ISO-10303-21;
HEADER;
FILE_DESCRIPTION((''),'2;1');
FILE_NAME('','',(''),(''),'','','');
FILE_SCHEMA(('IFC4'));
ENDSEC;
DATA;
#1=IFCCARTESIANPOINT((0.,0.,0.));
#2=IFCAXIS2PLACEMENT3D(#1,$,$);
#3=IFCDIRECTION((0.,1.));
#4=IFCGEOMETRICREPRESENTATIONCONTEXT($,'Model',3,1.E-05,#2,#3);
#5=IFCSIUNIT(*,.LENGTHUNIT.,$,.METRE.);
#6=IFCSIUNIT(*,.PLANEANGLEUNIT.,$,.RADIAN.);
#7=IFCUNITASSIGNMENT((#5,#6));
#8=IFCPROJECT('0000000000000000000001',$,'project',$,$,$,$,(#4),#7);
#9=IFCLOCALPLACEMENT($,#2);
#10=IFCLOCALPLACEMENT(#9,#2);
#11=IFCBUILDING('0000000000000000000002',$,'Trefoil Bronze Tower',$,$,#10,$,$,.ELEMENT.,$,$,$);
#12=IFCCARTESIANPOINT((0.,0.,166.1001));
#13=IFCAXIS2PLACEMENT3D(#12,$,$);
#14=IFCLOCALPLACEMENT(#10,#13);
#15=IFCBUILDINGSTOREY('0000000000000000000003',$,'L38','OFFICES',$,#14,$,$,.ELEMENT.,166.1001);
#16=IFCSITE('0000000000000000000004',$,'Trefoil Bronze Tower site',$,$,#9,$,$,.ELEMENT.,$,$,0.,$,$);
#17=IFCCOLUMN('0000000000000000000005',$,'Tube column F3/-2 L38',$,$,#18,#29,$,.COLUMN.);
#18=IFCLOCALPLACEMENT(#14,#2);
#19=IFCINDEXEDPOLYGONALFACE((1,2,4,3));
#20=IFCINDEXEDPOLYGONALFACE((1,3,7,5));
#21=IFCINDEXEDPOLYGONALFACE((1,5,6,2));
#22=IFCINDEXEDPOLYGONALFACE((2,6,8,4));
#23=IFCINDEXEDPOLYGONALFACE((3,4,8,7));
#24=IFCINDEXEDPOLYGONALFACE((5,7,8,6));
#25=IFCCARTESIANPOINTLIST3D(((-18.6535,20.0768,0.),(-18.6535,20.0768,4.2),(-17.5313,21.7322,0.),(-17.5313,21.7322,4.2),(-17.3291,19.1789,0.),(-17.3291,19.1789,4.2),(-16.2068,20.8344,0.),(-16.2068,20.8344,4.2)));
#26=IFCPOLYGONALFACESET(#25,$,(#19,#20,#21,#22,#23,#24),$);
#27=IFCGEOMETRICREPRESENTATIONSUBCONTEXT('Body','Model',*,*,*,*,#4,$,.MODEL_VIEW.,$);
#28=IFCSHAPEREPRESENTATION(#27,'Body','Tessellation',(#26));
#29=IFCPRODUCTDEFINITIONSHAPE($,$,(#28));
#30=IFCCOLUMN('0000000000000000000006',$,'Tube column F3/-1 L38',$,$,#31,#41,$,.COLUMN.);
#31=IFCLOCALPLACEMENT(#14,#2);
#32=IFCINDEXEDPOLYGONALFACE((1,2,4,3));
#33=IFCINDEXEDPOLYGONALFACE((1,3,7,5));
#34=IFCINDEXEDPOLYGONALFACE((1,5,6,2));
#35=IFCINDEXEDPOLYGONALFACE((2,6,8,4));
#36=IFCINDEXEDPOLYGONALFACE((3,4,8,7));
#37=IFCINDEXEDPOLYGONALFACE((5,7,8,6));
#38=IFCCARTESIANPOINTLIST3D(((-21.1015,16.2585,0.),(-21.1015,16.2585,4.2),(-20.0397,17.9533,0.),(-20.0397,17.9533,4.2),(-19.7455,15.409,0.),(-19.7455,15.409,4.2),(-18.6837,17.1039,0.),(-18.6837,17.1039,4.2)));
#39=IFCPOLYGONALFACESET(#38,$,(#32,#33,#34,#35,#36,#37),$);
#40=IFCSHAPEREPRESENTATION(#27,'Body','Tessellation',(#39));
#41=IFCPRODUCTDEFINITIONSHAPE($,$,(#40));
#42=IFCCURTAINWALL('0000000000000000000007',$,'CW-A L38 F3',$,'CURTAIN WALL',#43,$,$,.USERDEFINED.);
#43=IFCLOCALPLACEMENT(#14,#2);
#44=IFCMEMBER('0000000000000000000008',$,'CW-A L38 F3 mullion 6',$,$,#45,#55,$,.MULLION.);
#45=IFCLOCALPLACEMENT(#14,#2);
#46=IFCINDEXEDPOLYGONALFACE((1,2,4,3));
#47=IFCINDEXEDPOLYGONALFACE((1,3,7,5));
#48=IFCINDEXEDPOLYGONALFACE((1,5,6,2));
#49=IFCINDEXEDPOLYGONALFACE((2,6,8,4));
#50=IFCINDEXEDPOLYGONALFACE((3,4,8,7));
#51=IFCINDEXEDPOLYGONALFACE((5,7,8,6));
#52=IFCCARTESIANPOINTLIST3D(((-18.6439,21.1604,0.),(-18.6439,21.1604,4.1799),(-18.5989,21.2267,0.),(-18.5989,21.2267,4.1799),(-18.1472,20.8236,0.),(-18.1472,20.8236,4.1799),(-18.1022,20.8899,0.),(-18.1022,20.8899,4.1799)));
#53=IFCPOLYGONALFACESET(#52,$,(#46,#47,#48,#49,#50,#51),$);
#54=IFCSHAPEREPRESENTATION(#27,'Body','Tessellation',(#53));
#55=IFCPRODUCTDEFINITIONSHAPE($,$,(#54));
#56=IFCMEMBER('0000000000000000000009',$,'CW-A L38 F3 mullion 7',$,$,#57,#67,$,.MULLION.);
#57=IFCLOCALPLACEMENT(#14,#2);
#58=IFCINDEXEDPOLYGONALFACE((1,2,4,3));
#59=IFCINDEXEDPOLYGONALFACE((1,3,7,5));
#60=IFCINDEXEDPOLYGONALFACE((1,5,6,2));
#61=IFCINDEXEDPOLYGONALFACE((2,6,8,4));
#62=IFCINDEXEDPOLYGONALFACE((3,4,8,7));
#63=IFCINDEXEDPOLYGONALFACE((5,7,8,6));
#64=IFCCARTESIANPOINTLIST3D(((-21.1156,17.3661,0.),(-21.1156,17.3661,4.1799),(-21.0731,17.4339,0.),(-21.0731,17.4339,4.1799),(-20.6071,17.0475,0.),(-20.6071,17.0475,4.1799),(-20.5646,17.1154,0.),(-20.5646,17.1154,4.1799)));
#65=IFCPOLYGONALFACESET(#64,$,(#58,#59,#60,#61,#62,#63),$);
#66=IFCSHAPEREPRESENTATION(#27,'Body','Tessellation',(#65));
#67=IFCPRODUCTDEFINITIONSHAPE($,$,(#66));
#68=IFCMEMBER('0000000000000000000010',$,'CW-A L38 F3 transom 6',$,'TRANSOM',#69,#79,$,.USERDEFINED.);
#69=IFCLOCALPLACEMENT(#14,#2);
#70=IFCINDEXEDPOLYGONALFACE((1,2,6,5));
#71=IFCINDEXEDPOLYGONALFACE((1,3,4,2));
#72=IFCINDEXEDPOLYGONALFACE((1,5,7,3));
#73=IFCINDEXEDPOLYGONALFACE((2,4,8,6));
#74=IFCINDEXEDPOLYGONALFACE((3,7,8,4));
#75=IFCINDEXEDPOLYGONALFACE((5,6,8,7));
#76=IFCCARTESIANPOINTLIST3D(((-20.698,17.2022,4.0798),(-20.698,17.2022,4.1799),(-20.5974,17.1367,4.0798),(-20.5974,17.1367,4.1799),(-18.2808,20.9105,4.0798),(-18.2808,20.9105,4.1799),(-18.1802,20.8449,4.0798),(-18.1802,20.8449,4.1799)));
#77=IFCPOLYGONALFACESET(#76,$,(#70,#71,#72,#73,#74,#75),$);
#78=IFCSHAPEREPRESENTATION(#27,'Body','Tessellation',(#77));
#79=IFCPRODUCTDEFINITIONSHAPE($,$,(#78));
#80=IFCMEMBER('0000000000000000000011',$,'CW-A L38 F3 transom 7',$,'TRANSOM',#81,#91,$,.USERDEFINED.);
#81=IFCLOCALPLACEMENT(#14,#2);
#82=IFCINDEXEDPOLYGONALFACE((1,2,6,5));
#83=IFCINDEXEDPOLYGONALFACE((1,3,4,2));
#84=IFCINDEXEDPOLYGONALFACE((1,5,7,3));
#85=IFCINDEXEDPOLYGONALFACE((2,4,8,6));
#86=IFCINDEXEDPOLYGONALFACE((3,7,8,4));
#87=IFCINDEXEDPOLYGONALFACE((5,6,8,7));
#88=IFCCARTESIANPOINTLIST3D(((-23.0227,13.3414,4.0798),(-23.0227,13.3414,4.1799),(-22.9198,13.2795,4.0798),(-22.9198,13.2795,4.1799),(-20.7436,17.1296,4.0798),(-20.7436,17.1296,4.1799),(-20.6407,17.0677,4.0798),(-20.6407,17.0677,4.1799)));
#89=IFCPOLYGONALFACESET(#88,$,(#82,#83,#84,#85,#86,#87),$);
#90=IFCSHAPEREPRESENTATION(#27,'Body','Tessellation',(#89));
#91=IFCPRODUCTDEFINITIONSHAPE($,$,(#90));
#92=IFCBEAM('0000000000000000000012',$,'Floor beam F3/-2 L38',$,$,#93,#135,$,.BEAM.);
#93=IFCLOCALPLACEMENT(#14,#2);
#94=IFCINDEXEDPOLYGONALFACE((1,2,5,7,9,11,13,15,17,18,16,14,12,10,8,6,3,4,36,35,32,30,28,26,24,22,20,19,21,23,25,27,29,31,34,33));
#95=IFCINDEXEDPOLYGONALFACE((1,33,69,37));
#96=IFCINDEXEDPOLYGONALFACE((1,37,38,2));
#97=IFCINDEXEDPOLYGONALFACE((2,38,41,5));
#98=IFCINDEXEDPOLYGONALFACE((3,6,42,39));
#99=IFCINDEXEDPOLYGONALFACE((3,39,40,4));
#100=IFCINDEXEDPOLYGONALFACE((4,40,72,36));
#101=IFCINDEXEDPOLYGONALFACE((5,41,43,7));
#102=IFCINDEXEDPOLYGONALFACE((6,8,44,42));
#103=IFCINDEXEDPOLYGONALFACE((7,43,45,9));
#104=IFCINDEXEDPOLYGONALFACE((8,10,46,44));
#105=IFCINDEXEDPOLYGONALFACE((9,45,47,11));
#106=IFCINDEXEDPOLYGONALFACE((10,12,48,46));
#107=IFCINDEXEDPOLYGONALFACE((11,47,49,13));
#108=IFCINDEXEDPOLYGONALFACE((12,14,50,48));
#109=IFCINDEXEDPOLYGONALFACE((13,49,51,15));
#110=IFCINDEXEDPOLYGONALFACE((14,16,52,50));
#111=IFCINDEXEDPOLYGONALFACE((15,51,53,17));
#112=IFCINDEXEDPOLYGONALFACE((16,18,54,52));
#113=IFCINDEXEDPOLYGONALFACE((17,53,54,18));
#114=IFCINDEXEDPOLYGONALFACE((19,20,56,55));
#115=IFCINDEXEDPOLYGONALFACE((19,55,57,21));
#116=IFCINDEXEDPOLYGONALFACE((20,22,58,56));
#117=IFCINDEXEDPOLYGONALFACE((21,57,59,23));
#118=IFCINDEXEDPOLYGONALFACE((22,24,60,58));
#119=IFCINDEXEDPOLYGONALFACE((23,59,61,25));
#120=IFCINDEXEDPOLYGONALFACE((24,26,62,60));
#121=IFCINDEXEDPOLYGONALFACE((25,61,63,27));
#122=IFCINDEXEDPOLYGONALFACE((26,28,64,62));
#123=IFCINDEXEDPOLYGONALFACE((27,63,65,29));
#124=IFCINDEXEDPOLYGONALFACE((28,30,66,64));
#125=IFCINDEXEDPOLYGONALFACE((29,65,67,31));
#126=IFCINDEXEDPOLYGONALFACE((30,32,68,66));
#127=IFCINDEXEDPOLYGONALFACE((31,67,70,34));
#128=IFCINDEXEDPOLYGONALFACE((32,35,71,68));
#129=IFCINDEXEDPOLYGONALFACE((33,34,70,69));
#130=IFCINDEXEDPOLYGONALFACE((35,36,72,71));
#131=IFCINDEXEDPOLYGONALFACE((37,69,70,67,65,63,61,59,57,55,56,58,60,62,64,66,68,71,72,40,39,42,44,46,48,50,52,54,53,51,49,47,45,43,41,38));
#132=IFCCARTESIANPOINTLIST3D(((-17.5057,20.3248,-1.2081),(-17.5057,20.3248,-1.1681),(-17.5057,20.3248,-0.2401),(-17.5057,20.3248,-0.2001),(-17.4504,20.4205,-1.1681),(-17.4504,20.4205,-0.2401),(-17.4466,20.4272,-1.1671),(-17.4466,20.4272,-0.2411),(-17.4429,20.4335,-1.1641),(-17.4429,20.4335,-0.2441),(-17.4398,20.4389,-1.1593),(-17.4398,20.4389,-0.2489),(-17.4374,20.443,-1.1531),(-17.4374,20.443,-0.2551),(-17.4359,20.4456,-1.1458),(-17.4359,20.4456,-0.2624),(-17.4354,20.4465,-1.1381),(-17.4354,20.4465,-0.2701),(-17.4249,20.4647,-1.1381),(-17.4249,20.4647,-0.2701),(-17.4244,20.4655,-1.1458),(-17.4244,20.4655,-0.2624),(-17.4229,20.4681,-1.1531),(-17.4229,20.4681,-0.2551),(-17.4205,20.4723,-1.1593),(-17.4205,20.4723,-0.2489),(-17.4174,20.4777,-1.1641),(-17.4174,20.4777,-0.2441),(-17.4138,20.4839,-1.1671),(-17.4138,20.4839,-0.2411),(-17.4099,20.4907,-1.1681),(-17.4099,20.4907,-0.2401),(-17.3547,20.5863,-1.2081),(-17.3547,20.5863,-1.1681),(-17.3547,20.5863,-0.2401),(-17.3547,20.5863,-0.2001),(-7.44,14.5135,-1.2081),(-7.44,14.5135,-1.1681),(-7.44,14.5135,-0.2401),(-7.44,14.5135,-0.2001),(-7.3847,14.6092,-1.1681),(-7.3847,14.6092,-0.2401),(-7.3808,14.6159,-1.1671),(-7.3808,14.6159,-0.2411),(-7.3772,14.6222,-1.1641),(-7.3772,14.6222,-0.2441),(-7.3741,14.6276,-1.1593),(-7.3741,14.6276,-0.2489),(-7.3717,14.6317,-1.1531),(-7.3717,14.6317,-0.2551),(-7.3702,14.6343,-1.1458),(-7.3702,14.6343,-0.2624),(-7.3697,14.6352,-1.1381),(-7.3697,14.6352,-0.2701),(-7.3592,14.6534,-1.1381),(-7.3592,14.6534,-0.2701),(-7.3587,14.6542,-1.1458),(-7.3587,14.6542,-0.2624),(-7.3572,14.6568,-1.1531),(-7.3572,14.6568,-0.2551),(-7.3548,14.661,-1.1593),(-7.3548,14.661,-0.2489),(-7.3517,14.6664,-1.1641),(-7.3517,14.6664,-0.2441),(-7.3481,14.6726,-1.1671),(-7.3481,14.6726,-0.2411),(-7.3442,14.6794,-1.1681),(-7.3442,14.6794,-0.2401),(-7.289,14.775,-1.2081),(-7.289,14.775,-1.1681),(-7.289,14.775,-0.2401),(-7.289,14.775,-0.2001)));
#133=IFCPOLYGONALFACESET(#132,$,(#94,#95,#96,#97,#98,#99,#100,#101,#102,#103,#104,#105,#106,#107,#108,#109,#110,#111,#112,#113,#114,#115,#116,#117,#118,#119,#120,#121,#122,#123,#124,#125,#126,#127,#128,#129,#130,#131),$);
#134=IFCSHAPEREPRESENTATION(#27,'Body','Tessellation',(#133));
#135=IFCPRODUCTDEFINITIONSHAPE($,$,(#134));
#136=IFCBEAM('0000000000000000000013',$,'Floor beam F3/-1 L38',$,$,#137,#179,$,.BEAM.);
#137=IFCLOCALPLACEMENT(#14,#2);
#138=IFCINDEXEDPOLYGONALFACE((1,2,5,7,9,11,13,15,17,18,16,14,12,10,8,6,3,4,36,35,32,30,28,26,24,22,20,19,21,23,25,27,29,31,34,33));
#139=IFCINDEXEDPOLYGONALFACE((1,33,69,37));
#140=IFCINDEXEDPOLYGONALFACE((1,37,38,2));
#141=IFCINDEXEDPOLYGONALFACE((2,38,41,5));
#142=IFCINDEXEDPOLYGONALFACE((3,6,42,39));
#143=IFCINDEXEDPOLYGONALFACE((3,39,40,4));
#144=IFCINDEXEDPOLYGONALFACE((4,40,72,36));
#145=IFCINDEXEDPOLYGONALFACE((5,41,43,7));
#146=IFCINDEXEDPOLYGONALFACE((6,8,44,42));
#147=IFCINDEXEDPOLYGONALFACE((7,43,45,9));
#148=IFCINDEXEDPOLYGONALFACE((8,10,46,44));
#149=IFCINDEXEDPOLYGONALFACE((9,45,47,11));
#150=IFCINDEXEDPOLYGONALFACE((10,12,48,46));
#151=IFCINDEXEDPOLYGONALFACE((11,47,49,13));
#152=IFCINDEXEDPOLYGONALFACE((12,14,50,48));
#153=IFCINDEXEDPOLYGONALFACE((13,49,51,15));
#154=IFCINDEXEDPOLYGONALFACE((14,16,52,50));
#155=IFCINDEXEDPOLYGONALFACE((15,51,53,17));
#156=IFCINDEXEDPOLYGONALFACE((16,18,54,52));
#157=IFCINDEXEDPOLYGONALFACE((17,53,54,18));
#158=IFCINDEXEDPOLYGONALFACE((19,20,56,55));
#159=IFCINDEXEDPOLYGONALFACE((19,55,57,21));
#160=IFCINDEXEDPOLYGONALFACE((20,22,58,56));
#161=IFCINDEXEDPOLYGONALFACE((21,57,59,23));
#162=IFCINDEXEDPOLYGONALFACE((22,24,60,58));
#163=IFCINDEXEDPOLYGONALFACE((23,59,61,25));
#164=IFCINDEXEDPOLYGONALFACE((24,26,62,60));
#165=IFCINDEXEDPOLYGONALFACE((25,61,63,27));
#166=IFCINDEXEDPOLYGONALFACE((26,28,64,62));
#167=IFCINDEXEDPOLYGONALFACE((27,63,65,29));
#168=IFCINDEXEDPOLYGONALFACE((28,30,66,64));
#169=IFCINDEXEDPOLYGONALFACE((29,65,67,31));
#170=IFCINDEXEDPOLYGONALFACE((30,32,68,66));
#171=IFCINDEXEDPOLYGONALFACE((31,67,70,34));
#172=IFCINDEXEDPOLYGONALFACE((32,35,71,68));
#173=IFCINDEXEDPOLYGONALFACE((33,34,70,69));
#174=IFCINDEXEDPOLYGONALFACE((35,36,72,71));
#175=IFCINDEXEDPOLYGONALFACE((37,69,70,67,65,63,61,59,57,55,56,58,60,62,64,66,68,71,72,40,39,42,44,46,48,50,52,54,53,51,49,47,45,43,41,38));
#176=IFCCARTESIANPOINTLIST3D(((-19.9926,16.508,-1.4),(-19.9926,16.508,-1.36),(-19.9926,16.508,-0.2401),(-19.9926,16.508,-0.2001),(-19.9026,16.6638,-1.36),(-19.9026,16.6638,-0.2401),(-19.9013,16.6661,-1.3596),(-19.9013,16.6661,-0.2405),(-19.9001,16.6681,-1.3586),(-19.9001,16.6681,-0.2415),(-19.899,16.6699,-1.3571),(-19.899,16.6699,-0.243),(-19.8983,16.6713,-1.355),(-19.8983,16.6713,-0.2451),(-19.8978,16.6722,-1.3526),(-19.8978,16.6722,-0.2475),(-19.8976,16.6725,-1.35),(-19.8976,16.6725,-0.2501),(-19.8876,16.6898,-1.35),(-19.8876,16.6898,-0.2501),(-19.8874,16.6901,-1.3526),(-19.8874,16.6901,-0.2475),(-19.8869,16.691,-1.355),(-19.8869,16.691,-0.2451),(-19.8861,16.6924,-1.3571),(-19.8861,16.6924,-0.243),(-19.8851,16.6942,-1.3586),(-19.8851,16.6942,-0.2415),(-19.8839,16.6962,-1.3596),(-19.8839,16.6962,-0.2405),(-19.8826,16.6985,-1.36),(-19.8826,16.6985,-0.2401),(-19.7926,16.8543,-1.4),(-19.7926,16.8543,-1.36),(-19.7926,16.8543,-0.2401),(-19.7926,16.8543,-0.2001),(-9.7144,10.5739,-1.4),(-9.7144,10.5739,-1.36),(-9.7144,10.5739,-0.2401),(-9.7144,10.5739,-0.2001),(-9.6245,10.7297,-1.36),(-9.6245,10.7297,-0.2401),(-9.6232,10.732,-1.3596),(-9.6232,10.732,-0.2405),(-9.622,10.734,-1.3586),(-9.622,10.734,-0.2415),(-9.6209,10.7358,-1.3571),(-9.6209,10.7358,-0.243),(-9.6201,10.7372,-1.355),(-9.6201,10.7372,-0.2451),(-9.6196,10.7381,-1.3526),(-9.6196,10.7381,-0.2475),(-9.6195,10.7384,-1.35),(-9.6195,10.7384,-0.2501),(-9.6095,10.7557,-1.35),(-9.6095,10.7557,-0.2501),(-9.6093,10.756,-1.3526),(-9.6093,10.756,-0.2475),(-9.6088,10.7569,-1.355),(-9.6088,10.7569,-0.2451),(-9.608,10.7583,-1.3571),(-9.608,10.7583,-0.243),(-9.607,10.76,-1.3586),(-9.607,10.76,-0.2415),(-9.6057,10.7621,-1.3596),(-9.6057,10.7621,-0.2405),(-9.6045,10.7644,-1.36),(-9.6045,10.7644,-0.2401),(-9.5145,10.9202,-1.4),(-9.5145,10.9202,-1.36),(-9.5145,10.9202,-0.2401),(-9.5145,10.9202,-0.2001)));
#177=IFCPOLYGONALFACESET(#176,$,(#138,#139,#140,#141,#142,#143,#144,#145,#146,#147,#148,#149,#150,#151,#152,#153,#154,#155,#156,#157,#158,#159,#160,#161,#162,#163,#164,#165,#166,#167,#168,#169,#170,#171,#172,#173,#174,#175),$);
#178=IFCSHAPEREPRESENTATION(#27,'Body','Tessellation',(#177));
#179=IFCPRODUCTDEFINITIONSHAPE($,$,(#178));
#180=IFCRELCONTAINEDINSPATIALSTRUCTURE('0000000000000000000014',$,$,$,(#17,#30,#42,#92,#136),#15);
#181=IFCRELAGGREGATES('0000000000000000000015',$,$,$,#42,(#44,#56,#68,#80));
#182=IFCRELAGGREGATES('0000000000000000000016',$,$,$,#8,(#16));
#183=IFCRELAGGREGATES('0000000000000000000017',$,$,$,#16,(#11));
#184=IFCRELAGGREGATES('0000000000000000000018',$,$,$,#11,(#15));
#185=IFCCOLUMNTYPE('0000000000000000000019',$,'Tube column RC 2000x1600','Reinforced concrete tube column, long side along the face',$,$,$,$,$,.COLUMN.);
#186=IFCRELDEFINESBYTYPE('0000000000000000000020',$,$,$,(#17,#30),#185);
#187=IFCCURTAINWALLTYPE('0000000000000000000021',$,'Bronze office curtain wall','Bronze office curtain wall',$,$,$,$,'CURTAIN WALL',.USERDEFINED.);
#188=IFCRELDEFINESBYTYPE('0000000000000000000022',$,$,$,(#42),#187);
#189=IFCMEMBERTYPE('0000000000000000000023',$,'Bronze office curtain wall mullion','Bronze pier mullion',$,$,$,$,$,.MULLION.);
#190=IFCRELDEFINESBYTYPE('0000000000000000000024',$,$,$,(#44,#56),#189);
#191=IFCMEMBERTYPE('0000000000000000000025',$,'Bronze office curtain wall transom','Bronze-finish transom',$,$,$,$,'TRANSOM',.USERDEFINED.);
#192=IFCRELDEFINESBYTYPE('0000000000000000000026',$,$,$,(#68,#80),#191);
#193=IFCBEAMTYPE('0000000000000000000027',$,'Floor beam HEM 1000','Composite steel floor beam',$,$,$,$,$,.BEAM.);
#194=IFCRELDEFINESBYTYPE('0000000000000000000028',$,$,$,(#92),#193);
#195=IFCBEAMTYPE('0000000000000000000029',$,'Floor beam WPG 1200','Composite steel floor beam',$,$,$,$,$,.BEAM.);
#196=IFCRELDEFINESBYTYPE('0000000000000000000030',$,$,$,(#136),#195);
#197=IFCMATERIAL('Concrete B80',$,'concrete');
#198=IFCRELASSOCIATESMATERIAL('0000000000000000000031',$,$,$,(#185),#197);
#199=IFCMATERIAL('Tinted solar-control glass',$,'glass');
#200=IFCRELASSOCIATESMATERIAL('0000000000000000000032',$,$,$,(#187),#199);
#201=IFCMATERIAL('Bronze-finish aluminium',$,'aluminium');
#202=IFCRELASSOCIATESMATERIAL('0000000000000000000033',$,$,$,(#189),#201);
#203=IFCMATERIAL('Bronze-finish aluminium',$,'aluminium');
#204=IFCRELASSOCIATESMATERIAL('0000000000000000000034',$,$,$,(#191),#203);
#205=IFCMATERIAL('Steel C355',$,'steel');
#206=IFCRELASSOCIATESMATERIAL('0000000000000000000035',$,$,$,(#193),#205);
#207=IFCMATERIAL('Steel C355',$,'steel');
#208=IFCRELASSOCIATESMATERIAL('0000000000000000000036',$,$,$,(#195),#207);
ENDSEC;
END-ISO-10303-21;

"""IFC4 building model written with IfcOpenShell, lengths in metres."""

from ifc_helpers import new_model, si_unit, direction, frame, origin, origin_2d, place, context, subcontext, project, spatial, rectangle, i_section, extrude, material, material_profile, profile_set, type_object, element, aggregate, save


model = new_model("IFC4")

# Units and contexts
model_context = context("Model", 3, precision=1e-05, world=origin(), true_north=direction((0.0, 1.0)))
body_context = subcontext(model_context, "Body", "Model", "MODEL_VIEW")
ifc_project = project(units=[si_unit("LENGTHUNIT", "METRE"), si_unit("PLANEANGLEUNIT", "RADIAN")], contexts=[model_context])

# Site, building, storey
site_placement = place(None, origin())
site = spatial("IfcSite", under=ifc_project, at=site_placement, Name="Trefoil Bronze Tower site", CompositionType="ELEMENT", RefElevation=0.0)
building_placement = place(site_placement, origin())
building = spatial("IfcBuilding", under=site, at=building_placement, Name="Trefoil Bronze Tower", CompositionType="ELEMENT")
storey_placement = place(building_placement, frame((0.0, 0.0, 166.1001)))
storey = spatial("IfcBuildingStorey", under=building, at=storey_placement, Name="L38", Description="OFFICES", CompositionType="ELEMENT", Elevation=166.1001)

# Columns
ifc_material_1 = material(Name="Concrete B80", Category="concrete")
ifc_material_profile_1 = material_profile(ifc_material_1, rectangle(XDim=2.0, YDim=1.6001, at=origin_2d()), Name="RC 2000x1600")
ifc_profile_set_1 = profile_set([ifc_material_profile_1], Name="Concrete B80")
column_type = type_object("IfcColumnType", Name="Tube column RC 2000x1600", Description="Reinforced concrete tube column, long side along the face", PredefinedType="COLUMN", material=ifc_profile_set_1)
for number, where, z_axis, x_axis, name in (
    (1, (-17.4302, 20.4556, 0.0), (0.0, 0.0, 1.0), (-0.561136, -0.827724, 0.0), "Tube column F3/-2 L38"),
    (2, (-19.8926, 16.6812, 0.0), (0.0, 0.0, 1.0), (-0.530893, -0.847439, 0.0), "Tube column F3/-1 L38"),
):
    element("IfcColumn", number, at=place(storey_placement, frame(where, z_axis=z_axis, x_axis=x_axis)), inside=storey, type_object=column_type, Name=name, PredefinedType="COLUMN", context=body_context, shape_type="SweptSolid", body=[
        extrude(rectangle(XDim=2.0, YDim=1.6001, at=origin_2d()), origin(), (0.0, 0.0, 1.0), 4.2),
    ])

# Curtain wall, members
ifc_material_2 = material(Name="Tinted solar-control glass", Category="glass")
curtain_wall_type = type_object("IfcCurtainWallType", Name="Bronze office curtain wall", Description="Bronze office curtain wall", ElementType="CURTAIN WALL", PredefinedType="USERDEFINED", material=ifc_material_2)
curtain_wall_placement = place(storey_placement, origin())
curtain_wall = element("IfcCurtainWall", 3, at=curtain_wall_placement, inside=storey, type_object=curtain_wall_type, Name="CW-A L38 F3", ObjectType="CURTAIN WALL", PredefinedType="USERDEFINED")
ifc_material_3 = material(Name="Bronze-finish aluminium", Category="aluminium")
ifc_material_profile_2 = material_profile(ifc_material_3, rectangle(XDim=0.6001, YDim=0.0801, at=origin_2d()), Name="CW-A mullion")
ifc_profile_set_2 = profile_set([ifc_material_profile_2], Name="Bronze-finish aluminium")
member_type_1 = type_object("IfcMemberType", Name="Bronze office curtain wall mullion", Description="Bronze pier mullion", PredefinedType="MULLION", material=ifc_profile_set_2)
member_1_placement = place(storey_placement, frame((-18.373, 21.0251, 0.0), z_axis=(0.0, 0.0, 1.0), x_axis=(0.827724, -0.561136, 0.0)))
member_1 = element("IfcMember", 4, at=member_1_placement, type_object=member_type_1, Name="CW-A L38 F3 mullion 6", PredefinedType="MULLION", context=body_context, shape_type="SweptSolid", body=[
    extrude(rectangle(XDim=0.6001, YDim=0.0801, at=origin_2d()), origin(), (0.0, 0.0, 1.0), 4.1799),
])
member_2_placement = place(storey_placement, frame((-20.8401, 17.2407, 0.0), z_axis=(0.0, 0.0, 1.0), x_axis=(0.847439, -0.530893, 0.0)))
member_2 = element("IfcMember", 5, at=member_2_placement, type_object=member_type_1, Name="CW-A L38 F3 mullion 7", PredefinedType="MULLION", context=body_context, shape_type="SweptSolid", body=[
    extrude(rectangle(XDim=0.6001, YDim=0.0801, at=origin_2d()), origin(), (0.0, 0.0, 1.0), 4.1799),
])
ifc_material_4 = material(Name="Bronze-finish aluminium", Category="aluminium")
ifc_material_profile_3 = material_profile(ifc_material_4, rectangle(XDim=0.1201, YDim=0.1001, at=origin_2d()), Name="CW-A transom")
ifc_profile_set_3 = profile_set([ifc_material_profile_3], Name="Bronze-finish aluminium")
member_type_2 = type_object("IfcMemberType", Name="Bronze office curtain wall transom", Description="Bronze-finish transom", ElementType="TRANSOM", PredefinedType="USERDEFINED", material=ifc_profile_set_3)
member_3_placement = place(storey_placement, frame((-18.2305, 20.8777, 4.1299), z_axis=(-0.546079, -0.837733, 0.0), x_axis=(0.837733, -0.546079, 0.0)))
member_3 = element("IfcMember", 6, at=member_3_placement, type_object=member_type_2, Name="CW-A L38 F3 transom 6", ObjectType="TRANSOM", PredefinedType="USERDEFINED", context=body_context, shape_type="SweptSolid", body=[
    extrude(rectangle(XDim=0.1201, YDim=0.1001, at=origin_2d()), origin(), (0.0, 0.0, 1.0), 4.4265),
])
member_4_placement = place(storey_placement, frame((-20.6921, 17.0986, 4.1299), z_axis=(-0.515527, -0.856873, 0.0), x_axis=(0.856873, -0.515527, 0.0)))
member_4 = element("IfcMember", 7, at=member_4_placement, type_object=member_type_2, Name="CW-A L38 F3 transom 7", ObjectType="TRANSOM", PredefinedType="USERDEFINED", context=body_context, shape_type="SweptSolid", body=[
    extrude(rectangle(XDim=0.1201, YDim=0.1001, at=origin_2d()), origin(), (0.0, 0.0, 1.0), 4.4209),
])

# Beams
ifc_material_5 = material(Name="Steel C355", Category="steel")
ifc_material_profile_4 = material_profile(ifc_material_5, i_section(OverallWidth=0.302, OverallDepth=1.0081, WebThickness=0.021, FlangeThickness=0.04, FilletRadius=0.03, at=origin_2d()), Name="HEM 1000")
ifc_profile_set_4 = profile_set([ifc_material_profile_4], Name="Steel C355")
beam_type_1 = type_object("IfcBeamType", Name="Floor beam HEM 1000", Description="Composite steel floor beam", PredefinedType="BEAM", material=ifc_profile_set_4)
beam_1_placement = place(storey_placement, frame((-17.4302, 20.4556, -0.7041), z_axis=(0.866031, -0.499991, 0.0), x_axis=(0.499991, 0.866031, 0.0)))
element("IfcBeam", 8, at=beam_1_placement, inside=storey, type_object=beam_type_1, Name="Floor beam F3/-2 L38", PredefinedType="BEAM", context=body_context, shape_type="SweptSolid", body=[
    extrude(i_section(OverallWidth=0.302, OverallDepth=1.0081, WebThickness=0.021, FlangeThickness=0.04, FilletRadius=0.03, at=origin_2d()), origin(), (0.0, 0.0, 1.0), 11.6228),
])
ifc_material_6 = material(Name="Steel C355", Category="steel")
ifc_material_profile_5 = material_profile(ifc_material_6, i_section(OverallWidth=0.3999, OverallDepth=1.2, WebThickness=0.02, FlangeThickness=0.04, FilletRadius=0.01, at=origin_2d()), Name="WPG 1200")
ifc_profile_set_5 = profile_set([ifc_material_profile_5], Name="Steel C355")
beam_type_2 = type_object("IfcBeamType", Name="Floor beam WPG 1200", Description="Composite steel floor beam", PredefinedType="BEAM", material=ifc_profile_set_5)
beam_2_placement = place(storey_placement, frame((-19.8926, 16.6812, -0.8), z_axis=(0.866024, -0.500002, 0.0), x_axis=(0.500002, 0.866024, 0.0)))
element("IfcBeam", 9, at=beam_2_placement, inside=storey, type_object=beam_type_2, Name="Floor beam F3/-1 L38", PredefinedType="BEAM", context=body_context, shape_type="SweptSolid", body=[
    extrude(i_section(OverallWidth=0.3999, OverallDepth=1.2, WebThickness=0.02, FlangeThickness=0.04, FilletRadius=0.01, at=origin_2d()), origin(), (0.0, 0.0, 1.0), 11.8682),
])

aggregate(curtain_wall, [member_1, member_2, member_3, member_4])

save(model, "model.ifc")
